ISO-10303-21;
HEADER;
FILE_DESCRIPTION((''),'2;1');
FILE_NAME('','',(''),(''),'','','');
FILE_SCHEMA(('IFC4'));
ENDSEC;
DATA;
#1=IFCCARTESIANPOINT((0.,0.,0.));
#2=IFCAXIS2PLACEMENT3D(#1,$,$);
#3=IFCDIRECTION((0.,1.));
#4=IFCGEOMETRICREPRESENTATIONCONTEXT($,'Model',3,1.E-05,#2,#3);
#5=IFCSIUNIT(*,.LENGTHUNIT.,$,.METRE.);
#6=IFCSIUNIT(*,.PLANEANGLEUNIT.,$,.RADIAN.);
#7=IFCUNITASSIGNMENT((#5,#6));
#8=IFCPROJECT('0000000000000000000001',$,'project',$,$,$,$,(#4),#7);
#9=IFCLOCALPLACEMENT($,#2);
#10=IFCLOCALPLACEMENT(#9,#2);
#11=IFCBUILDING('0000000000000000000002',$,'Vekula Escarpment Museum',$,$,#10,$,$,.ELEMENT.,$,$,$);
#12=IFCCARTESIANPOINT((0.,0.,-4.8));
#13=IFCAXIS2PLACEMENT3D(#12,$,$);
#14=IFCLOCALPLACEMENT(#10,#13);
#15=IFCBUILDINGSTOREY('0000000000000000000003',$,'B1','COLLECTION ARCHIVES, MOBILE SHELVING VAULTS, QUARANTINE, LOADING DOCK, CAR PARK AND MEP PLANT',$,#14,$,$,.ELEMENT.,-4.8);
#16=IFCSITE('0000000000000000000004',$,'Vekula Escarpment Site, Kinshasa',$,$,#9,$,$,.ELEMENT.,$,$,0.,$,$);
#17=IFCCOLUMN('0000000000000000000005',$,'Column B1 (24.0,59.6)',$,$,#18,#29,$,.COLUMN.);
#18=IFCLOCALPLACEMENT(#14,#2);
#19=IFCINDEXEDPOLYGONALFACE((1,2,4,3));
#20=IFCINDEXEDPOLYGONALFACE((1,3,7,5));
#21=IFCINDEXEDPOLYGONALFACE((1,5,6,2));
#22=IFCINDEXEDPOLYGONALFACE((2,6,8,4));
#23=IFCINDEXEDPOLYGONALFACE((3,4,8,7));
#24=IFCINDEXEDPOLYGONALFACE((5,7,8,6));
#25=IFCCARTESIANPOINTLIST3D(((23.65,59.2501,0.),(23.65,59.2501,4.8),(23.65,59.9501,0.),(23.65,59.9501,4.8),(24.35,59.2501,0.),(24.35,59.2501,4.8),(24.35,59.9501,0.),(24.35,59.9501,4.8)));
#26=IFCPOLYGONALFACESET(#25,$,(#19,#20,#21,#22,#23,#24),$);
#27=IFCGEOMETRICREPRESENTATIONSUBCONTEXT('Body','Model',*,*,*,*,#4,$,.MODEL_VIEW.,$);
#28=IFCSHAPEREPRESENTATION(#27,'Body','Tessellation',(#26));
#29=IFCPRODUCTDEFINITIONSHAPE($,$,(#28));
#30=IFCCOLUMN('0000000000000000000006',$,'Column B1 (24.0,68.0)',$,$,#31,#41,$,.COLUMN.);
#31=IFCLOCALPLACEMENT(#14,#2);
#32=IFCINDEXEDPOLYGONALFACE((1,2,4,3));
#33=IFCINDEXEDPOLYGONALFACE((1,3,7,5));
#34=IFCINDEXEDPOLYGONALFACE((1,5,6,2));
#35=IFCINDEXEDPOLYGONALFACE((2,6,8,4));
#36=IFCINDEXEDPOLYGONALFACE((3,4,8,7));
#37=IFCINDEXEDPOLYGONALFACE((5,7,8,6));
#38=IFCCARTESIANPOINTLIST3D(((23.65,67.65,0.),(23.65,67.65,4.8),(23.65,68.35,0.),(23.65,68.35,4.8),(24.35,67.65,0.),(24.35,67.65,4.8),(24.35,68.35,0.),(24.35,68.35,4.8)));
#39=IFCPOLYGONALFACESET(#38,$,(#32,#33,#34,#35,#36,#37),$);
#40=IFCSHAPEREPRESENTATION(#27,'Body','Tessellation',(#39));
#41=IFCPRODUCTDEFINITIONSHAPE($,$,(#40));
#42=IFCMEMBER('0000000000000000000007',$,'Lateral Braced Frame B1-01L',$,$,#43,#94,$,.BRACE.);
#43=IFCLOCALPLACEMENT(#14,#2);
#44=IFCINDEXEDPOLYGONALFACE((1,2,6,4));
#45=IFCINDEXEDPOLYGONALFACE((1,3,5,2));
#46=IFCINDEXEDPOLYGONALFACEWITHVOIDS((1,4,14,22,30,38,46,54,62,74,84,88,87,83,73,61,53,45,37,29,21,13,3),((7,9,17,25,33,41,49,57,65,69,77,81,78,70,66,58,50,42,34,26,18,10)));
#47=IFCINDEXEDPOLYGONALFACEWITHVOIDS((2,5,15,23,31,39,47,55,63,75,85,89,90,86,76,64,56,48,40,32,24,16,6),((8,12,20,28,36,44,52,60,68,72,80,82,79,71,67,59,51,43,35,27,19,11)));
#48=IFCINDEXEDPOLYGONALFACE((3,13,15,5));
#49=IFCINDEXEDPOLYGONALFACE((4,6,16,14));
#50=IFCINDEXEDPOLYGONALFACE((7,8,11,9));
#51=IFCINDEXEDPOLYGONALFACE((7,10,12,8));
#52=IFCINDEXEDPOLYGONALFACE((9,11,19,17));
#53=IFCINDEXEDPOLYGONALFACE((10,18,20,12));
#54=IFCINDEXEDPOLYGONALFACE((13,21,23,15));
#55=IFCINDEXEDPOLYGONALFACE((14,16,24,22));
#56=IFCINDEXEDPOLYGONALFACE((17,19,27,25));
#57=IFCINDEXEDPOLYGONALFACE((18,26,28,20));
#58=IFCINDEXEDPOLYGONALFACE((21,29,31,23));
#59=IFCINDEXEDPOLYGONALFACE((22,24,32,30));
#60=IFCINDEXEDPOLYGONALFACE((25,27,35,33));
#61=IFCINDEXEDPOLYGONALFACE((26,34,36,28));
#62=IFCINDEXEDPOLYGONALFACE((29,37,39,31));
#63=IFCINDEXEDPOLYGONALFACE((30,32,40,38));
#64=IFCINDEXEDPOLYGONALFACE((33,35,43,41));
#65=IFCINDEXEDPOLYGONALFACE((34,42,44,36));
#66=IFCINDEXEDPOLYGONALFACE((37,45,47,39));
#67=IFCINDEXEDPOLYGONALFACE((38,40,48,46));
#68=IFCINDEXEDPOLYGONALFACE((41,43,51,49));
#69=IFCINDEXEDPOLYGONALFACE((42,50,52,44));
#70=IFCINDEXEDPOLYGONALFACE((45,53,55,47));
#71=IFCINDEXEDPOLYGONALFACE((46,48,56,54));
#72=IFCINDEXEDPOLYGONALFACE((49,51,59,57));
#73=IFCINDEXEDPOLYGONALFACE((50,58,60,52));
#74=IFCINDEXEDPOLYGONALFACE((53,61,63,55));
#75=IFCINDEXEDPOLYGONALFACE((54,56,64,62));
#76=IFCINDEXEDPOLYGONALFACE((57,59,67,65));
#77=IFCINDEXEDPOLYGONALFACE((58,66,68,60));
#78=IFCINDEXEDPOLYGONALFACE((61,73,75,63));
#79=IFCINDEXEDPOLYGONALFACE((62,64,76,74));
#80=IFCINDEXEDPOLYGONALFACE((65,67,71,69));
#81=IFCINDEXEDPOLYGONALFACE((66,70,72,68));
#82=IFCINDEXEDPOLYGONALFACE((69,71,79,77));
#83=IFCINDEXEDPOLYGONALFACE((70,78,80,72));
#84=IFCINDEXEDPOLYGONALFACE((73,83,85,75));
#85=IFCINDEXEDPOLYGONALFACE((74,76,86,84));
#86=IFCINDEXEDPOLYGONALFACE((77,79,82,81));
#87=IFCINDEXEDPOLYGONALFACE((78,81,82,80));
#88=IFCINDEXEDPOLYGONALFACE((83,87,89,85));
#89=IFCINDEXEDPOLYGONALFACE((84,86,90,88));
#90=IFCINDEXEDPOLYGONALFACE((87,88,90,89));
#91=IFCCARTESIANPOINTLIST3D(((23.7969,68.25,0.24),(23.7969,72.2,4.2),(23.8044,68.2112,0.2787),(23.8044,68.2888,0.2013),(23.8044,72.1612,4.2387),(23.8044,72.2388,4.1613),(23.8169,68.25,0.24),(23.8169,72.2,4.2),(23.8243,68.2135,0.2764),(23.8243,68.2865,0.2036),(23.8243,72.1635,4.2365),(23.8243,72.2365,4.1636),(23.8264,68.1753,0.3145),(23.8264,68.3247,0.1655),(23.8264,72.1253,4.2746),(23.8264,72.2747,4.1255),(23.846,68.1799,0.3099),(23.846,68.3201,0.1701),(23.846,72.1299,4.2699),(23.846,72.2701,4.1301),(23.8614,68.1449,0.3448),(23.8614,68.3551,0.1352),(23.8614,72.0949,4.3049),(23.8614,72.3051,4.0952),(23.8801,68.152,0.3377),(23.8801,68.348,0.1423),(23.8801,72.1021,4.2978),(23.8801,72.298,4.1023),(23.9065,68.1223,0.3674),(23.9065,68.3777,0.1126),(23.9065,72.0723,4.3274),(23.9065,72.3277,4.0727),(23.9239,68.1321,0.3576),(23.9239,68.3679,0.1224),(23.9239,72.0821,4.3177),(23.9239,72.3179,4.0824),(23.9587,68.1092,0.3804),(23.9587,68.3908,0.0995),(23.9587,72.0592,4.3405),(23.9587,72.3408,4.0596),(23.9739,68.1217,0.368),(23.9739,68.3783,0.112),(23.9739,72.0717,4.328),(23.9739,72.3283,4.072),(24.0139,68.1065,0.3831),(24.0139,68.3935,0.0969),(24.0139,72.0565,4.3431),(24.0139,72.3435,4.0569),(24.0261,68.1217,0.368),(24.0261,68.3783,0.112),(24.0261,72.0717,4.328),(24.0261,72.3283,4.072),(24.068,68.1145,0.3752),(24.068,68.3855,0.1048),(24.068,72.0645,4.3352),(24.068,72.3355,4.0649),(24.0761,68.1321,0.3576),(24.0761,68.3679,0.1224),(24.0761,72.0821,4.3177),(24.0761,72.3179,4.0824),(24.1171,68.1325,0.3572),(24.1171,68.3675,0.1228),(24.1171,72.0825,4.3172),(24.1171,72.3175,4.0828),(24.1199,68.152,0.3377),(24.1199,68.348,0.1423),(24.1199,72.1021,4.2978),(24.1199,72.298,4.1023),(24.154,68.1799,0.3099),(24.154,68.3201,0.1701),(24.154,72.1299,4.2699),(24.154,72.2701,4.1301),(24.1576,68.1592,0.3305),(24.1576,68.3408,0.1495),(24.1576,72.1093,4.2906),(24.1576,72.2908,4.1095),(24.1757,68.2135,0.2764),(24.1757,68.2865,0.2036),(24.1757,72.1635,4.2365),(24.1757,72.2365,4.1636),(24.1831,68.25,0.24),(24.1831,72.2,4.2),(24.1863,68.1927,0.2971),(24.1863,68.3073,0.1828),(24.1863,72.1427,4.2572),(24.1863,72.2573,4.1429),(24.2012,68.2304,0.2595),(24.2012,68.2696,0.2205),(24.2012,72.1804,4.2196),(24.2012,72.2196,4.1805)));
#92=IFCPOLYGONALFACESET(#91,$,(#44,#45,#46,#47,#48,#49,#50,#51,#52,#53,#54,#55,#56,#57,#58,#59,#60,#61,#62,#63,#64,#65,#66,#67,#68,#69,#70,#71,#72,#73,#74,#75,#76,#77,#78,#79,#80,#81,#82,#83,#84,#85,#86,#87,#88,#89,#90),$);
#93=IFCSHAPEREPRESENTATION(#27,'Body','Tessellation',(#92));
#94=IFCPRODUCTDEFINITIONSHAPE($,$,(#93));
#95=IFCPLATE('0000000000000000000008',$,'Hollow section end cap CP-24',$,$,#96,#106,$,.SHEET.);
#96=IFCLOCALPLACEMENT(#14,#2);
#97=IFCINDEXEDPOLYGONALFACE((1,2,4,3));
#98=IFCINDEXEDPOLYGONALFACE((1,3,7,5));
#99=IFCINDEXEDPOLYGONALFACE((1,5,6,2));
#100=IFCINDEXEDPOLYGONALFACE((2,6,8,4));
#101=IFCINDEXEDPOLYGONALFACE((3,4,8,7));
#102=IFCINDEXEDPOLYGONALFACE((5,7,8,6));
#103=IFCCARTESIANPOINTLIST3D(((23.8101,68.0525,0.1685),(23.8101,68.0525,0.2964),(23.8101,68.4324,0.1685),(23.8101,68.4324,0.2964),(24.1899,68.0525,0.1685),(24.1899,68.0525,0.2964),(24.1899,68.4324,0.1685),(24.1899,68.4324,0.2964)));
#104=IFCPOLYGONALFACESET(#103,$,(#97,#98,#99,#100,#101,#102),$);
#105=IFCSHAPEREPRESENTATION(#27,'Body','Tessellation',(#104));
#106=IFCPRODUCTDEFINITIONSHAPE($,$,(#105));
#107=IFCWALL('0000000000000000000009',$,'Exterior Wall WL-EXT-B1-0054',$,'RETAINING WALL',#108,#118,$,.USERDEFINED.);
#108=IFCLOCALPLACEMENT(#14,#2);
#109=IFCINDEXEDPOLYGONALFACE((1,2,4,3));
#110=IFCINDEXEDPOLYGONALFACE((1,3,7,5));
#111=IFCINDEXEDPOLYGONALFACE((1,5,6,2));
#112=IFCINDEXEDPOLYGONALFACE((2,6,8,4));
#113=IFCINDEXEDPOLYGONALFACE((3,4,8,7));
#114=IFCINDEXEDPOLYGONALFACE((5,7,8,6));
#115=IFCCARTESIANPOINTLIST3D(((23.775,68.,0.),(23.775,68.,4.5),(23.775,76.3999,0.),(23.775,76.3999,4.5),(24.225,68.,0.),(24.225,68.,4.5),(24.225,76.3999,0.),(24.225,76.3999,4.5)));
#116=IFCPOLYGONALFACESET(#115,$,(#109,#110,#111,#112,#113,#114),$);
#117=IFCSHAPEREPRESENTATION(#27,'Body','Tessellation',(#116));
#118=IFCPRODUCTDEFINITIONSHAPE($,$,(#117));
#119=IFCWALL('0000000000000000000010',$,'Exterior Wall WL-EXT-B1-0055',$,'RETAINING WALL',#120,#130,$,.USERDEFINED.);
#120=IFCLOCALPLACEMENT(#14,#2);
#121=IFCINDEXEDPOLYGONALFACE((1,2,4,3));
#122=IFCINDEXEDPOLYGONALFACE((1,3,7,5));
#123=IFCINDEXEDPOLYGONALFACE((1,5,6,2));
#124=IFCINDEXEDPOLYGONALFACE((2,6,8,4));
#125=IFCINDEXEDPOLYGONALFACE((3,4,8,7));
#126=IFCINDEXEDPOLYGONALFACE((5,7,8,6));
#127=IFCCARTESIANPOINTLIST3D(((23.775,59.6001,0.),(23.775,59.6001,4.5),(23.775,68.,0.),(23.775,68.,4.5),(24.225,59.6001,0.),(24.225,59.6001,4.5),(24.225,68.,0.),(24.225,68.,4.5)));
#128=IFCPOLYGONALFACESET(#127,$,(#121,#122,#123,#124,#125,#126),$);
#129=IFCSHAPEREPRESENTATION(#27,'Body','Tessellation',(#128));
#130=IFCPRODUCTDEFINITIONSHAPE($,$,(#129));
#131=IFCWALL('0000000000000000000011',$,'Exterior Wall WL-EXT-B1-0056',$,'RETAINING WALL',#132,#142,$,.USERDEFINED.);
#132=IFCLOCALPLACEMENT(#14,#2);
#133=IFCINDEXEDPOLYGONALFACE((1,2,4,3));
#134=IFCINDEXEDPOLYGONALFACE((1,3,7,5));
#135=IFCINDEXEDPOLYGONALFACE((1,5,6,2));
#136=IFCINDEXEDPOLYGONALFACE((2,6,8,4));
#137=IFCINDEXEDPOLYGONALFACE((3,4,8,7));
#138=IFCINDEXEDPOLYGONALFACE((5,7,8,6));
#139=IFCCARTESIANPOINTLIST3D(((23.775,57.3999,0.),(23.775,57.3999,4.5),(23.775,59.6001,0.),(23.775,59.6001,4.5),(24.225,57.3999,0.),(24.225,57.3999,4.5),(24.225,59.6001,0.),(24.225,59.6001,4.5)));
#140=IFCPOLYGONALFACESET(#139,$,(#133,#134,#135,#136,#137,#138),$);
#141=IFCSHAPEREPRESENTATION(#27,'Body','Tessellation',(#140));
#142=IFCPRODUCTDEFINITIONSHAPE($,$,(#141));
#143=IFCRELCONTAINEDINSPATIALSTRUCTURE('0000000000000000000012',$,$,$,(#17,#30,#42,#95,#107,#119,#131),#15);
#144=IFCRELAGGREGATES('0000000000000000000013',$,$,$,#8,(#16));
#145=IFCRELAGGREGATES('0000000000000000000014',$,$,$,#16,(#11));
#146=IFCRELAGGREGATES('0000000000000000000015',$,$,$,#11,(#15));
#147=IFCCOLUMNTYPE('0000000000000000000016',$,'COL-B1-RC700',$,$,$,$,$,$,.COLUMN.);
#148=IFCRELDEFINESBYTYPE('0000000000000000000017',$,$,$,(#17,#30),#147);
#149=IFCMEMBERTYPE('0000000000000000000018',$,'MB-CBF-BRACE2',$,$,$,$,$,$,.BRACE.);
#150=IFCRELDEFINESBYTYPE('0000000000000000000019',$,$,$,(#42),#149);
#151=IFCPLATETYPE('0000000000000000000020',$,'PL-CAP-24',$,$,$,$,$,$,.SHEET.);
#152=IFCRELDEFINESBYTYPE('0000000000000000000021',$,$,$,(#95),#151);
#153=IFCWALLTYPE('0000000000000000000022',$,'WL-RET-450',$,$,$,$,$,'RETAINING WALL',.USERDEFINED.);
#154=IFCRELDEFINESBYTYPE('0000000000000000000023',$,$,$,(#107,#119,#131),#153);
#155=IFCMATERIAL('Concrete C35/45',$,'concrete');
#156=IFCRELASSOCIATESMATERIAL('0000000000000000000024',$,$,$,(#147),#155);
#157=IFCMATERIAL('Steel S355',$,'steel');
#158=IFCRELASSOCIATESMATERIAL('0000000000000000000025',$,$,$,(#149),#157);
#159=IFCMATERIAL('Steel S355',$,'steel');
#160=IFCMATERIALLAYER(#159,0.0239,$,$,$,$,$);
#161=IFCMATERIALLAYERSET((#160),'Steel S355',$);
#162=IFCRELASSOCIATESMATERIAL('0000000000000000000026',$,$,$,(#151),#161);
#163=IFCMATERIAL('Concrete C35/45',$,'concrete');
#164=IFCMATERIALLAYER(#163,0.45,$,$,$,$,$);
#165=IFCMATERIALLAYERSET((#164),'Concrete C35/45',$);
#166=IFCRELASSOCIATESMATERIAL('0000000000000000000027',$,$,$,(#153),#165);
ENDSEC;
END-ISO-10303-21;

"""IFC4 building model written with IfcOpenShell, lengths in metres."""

from ifc_helpers import new_model, si_unit, direction, frame, frame_2d, origin, origin_2d, place, context, subcontext, project, spatial, rectangle, hollow_circle, extrude, material, layer, layer_set, material_profile, profile_set, type_object, element, save


model = new_model("IFC4")

# Units and contexts
model_context = context("Model", 3, precision=1e-05, world=origin(), true_north=direction((0.0, 1.0)))
body_context = subcontext(model_context, "Body", "Model", "MODEL_VIEW")
ifc_project = project(units=[si_unit("LENGTHUNIT", "METRE"), si_unit("PLANEANGLEUNIT", "RADIAN")], contexts=[model_context])

# Site, building, storey
site_placement = place(None, origin())
site = spatial("IfcSite", under=ifc_project, at=site_placement, Name="Vekula Escarpment Site, Kinshasa", CompositionType="ELEMENT", RefElevation=0.0)
building_placement = place(site_placement, origin())
building = spatial("IfcBuilding", under=site, at=building_placement, Name="Vekula Escarpment Museum", CompositionType="ELEMENT")
storey_placement = place(building_placement, frame((0.0, 0.0, -4.8)))
storey = spatial("IfcBuildingStorey", under=building, at=storey_placement, Name="B1", Description="COLLECTION ARCHIVES, MOBILE SHELVING VAULTS, QUARANTINE, LOADING DOCK, CAR PARK AND MEP PLANT", CompositionType="ELEMENT", Elevation=-4.8)

# Columns
ifc_material_1 = material(Name="Concrete C35/45", Category="concrete")
ifc_material_profile_1 = material_profile(ifc_material_1, rectangle(XDim=0.7, YDim=0.7, at=origin_2d()), Name="RC 700x700")
ifc_profile_set_1 = profile_set([ifc_material_profile_1], Name="Concrete C35/45")
column_type_1 = type_object("IfcColumnType", Name="COL-B1-RC700", PredefinedType="COLUMN", material=ifc_profile_set_1)
for number, where, z_axis, x_axis, name in (
    (1, (24.0, 59.6001, 0.0), (0.0, 0.0, 1.0), (1.0, 0.0, 0.0), "Column B1 (24.0,59.6)"),
    (2, (24.0, 68.0, 0.0), (0.0, 0.0, 1.0), (1.0, 0.0, 0.0), "Column B1 (24.0,68.0)"),
):
    element("IfcColumn", number, at=place(storey_placement, frame(where, z_axis=z_axis, x_axis=x_axis)), inside=storey, type_object=column_type_1, Name=name, PredefinedType="COLUMN", context=body_context, shape_type="SweptSolid", body=[
        extrude(rectangle(XDim=0.7, YDim=0.7, at=origin_2d()), origin(), (0.0, 0.0, 1.0), 4.8),
    ])

# Member
ifc_material_2 = material(Name="Steel S355", Category="steel")
ifc_material_profile_2 = material_profile(ifc_material_2, hollow_circle(Radius=0.2031, WallThickness=0.02, at=origin_2d()), Name="CHS 406.4x20")
ifc_profile_set_2 = profile_set([ifc_material_profile_2], Name="Steel S355")
member_type = type_object("IfcMemberType", Name="MB-CBF-BRACE2", PredefinedType="BRACE", material=ifc_profile_set_2)
member_placement = place(storey_placement, frame((24.0, 68.25, 0.24), z_axis=(0.0, 0.706211, 0.708001), x_axis=(-1.0, 0.0, 0.0)))
element("IfcMember", 3, at=member_placement, inside=storey, type_object=member_type, Name="Lateral Braced Frame B1-01L", PredefinedType="BRACE", context=body_context, shape_type="SweptSolid", body=[
    extrude(hollow_circle(Radius=0.2031, WallThickness=0.02, at=origin_2d()), origin(), (0.0, 0.0, 1.0), 5.5933),
])

# Plate
ifc_material_3 = material(Name="Steel S355", Category="steel")
ifc_layer_1 = layer(ifc_material_3, 0.0239)
ifc_layer_set_1 = layer_set([ifc_layer_1], Name="Steel S355")
plate_type = type_object("IfcPlateType", Name="PL-CAP-24", PredefinedType="SHEET", material=ifc_layer_set_1)
plate_placement = place(storey_placement, frame((24.0, 68.2424, 0.1685), z_axis=(0.0, 0.0, 1.0), x_axis=(1.0, 0.0, 0.0)))
element("IfcPlate", 4, at=plate_placement, inside=storey, type_object=plate_type, Name="Hollow section end cap CP-24", PredefinedType="SHEET", context=body_context, shape_type="SweptSolid", body=[
    extrude(rectangle(XDim=0.3799, YDim=0.3799, at=origin_2d()), origin(), (0.0, 0.0, 1.0), 0.1279),
])

# Walls
ifc_material_4 = material(Name="Concrete C35/45", Category="concrete")
ifc_layer_2 = layer(ifc_material_4, 0.45)
ifc_layer_set_2 = layer_set([ifc_layer_2], Name="Concrete C35/45")
wall_type = type_object("IfcWallType", Name="WL-RET-450", ElementType="RETAINING WALL", PredefinedType="USERDEFINED", material=ifc_layer_set_2)
for number, where, z_axis, x_axis, name in (
    (5, (24.0, 68.0, 0.0), (0.0, 0.0, 1.0), (0.0, 1.0, 0.0), "Exterior Wall WL-EXT-B1-0054"),
    (6, (24.0, 59.6001, 0.0), (0.0, 0.0, 1.0), (0.0, 1.0, 0.0), "Exterior Wall WL-EXT-B1-0055"),
):
    element("IfcWall", number, at=place(storey_placement, frame(where, z_axis=z_axis, x_axis=x_axis)), inside=storey, type_object=wall_type, Name=name, ObjectType="RETAINING WALL", PredefinedType="USERDEFINED", context=body_context, shape_type="SweptSolid", body=[
        extrude(rectangle(XDim=8.3999, YDim=0.45, at=frame_2d((4.2, 0.0))), origin(), (0.0, 0.0, 1.0), 4.5),
    ])
wall_placement = place(storey_placement, frame((24.0, 57.3999, 0.0), z_axis=(0.0, 0.0, 1.0), x_axis=(0.0, 1.0, 0.0)))
element("IfcWall", 7, at=wall_placement, inside=storey, type_object=wall_type, Name="Exterior Wall WL-EXT-B1-0056", ObjectType="RETAINING WALL", PredefinedType="USERDEFINED", context=body_context, shape_type="SweptSolid", body=[
    extrude(rectangle(XDim=2.2002, YDim=0.45, at=frame_2d((1.1001, 0.0))), origin(), (0.0, 0.0, 1.0), 4.5),
])

save(model, "model.ifc")
